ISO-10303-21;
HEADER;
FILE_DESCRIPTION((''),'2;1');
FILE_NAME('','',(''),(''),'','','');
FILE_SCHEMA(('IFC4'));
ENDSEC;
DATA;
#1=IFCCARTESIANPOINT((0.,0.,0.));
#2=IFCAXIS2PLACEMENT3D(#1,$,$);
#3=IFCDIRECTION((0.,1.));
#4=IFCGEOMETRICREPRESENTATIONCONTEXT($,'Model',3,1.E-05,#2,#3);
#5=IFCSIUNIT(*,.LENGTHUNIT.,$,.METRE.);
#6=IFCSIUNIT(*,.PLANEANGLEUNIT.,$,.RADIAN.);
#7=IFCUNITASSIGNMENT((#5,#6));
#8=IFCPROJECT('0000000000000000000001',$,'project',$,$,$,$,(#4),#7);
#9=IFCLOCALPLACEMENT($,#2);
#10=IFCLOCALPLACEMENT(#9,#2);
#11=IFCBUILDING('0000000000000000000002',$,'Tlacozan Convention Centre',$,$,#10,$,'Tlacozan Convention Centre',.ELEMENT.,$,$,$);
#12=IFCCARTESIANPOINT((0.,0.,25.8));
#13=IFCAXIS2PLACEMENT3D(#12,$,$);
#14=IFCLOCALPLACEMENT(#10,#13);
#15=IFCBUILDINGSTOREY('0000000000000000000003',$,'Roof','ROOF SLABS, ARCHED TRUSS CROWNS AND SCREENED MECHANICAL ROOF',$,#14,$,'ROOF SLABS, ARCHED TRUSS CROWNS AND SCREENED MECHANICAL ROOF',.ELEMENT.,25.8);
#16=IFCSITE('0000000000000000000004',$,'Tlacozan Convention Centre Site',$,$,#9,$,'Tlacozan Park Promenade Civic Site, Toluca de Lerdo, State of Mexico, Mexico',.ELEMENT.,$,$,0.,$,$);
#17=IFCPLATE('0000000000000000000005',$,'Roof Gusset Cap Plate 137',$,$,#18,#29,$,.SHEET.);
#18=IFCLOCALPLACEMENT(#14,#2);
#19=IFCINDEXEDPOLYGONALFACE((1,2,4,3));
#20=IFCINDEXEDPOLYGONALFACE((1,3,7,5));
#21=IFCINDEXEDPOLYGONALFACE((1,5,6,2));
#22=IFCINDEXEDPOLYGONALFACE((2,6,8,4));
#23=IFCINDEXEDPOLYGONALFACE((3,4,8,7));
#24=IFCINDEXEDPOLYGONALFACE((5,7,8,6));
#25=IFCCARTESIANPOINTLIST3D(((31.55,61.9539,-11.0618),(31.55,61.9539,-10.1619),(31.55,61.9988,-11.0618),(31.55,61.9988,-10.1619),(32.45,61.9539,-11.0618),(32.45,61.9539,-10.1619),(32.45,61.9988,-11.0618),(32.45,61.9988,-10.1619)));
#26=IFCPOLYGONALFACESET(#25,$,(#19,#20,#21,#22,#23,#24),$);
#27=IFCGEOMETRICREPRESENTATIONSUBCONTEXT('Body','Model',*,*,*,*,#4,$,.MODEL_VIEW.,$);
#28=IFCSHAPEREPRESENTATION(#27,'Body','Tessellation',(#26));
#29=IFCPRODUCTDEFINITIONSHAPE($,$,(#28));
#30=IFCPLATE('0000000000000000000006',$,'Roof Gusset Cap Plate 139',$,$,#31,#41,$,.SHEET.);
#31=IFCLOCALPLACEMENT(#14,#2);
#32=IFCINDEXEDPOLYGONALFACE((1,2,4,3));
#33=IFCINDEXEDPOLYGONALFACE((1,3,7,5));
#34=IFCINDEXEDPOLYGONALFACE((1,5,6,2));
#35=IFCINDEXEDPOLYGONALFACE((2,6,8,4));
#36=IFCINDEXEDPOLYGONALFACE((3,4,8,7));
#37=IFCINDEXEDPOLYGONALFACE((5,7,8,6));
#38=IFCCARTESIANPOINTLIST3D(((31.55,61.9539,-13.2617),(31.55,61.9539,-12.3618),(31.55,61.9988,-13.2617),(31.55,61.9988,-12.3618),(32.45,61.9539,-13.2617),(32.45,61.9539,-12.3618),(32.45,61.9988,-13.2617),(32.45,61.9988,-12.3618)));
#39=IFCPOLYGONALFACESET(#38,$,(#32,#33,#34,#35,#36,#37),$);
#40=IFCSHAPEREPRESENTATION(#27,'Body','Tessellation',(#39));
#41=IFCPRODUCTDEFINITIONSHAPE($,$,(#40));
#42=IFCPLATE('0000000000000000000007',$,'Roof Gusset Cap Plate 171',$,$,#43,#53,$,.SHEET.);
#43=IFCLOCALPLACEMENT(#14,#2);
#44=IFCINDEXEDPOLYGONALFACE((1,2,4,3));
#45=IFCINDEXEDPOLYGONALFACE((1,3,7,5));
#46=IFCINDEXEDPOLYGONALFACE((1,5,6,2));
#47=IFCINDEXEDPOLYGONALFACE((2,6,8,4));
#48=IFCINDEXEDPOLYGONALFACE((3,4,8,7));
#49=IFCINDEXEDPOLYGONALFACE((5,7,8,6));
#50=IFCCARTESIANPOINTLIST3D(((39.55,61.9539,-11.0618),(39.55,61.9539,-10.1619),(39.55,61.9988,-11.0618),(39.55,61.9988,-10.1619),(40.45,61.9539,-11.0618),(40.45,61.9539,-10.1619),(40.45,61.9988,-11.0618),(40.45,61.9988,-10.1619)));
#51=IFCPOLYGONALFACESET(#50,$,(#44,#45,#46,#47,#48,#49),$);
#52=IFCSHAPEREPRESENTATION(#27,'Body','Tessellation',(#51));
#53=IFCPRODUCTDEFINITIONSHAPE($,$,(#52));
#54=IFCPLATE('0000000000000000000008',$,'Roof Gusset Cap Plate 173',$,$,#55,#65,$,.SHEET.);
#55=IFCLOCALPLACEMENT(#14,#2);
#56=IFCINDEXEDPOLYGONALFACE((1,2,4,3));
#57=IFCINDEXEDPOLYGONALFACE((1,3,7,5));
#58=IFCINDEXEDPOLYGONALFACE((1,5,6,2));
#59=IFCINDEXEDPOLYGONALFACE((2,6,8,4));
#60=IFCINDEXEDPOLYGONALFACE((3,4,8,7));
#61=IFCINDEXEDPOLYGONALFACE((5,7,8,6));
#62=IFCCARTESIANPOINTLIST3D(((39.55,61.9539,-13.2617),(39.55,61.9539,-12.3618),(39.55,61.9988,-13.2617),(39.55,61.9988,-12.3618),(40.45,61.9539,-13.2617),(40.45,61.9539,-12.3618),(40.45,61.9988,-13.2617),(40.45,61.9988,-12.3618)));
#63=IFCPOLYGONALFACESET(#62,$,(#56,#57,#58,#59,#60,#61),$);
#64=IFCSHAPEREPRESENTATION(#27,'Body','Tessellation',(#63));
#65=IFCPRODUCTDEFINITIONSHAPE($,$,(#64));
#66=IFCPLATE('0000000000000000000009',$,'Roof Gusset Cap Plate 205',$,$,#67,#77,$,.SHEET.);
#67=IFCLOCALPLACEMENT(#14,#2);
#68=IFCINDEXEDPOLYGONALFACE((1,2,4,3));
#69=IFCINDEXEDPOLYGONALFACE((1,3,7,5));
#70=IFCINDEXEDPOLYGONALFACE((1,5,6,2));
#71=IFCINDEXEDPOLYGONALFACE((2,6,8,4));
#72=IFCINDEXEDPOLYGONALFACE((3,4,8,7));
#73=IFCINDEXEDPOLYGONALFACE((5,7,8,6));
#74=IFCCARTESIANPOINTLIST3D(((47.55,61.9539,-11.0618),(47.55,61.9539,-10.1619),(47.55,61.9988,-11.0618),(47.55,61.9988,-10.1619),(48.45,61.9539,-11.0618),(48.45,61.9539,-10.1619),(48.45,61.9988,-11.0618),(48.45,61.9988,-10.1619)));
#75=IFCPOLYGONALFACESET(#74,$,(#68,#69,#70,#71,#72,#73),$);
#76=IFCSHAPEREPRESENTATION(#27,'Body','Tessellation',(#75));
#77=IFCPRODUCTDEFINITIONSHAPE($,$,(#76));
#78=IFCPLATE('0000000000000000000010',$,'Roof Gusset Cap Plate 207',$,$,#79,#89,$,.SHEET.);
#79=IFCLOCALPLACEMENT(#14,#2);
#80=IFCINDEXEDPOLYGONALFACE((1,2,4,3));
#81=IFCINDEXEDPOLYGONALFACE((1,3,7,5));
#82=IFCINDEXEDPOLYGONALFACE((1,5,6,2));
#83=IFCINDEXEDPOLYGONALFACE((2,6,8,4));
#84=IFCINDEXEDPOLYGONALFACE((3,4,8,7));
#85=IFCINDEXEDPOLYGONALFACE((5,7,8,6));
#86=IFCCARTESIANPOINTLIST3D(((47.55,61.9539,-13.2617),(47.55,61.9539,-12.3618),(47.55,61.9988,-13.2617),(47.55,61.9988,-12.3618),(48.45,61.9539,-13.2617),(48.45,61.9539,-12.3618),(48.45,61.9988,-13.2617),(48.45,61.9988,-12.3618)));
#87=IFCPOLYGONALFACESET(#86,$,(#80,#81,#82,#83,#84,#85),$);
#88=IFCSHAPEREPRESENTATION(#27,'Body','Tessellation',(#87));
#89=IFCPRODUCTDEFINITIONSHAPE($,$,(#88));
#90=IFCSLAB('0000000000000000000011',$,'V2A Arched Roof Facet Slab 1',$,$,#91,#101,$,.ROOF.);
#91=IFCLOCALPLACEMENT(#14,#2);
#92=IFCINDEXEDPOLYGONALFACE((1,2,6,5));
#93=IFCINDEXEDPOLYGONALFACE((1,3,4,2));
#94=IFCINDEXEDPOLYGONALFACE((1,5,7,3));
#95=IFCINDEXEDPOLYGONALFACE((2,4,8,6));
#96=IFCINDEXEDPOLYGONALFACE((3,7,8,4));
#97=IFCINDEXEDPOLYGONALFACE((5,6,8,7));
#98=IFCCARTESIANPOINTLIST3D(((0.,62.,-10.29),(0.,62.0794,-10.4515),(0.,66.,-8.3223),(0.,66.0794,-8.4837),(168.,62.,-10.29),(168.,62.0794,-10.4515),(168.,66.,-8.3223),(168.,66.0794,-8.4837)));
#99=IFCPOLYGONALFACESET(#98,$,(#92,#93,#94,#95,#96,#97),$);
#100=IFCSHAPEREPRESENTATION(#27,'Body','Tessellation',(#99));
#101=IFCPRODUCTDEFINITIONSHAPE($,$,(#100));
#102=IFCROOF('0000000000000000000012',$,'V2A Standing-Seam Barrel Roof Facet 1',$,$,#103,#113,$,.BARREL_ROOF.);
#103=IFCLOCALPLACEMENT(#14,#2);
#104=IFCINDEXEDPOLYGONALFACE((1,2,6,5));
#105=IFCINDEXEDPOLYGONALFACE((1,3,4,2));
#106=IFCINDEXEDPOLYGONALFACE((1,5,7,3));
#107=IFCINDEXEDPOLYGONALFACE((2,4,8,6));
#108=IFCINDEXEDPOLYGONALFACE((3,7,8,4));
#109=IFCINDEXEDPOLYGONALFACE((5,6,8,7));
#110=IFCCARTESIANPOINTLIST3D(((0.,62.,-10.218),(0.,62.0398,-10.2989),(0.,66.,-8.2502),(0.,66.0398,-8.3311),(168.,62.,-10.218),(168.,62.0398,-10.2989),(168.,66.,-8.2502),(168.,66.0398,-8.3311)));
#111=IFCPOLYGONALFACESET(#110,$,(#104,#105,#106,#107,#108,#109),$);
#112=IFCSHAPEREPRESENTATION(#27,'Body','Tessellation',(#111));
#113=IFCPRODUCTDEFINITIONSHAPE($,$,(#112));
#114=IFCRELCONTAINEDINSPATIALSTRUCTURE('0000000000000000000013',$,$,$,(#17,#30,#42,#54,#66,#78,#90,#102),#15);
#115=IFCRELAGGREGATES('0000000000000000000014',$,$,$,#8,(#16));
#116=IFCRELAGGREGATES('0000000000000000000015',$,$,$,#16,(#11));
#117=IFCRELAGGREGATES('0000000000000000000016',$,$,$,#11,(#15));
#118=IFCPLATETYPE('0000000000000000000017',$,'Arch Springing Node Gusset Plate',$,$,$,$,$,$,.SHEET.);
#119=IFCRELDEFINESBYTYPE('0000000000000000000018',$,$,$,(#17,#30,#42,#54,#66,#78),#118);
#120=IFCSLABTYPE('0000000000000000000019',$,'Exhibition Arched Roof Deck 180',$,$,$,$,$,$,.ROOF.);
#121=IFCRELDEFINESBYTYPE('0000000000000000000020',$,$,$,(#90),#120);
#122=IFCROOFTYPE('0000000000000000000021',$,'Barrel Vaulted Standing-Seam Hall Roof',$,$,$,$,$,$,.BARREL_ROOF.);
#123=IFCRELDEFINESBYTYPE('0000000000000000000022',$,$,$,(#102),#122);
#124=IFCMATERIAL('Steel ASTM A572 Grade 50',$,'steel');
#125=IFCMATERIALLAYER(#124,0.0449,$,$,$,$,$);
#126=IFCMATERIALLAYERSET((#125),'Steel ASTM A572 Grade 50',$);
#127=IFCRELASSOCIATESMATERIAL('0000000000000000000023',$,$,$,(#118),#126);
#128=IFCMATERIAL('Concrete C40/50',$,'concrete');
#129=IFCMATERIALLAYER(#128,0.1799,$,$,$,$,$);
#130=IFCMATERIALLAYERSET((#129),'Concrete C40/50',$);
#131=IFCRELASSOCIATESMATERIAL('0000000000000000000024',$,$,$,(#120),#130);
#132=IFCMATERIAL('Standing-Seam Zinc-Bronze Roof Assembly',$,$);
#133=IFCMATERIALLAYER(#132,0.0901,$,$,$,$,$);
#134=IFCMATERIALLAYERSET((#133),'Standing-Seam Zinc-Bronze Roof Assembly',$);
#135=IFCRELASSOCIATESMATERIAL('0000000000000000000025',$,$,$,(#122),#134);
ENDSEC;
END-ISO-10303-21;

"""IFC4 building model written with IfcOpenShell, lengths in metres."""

from ifc_helpers import new_model, si_unit, direction, frame, origin, origin_2d, place, context, subcontext, project, spatial, polyline, rectangle, outline, extrude, material, layer, layer_set, type_object, element, save


model = new_model("IFC4")

# Units and contexts
model_context = context("Model", 3, precision=1e-05, world=origin(), true_north=direction((0.0, 1.0)))
body_context = subcontext(model_context, "Body", "Model", "MODEL_VIEW")
ifc_project = project(units=[si_unit("LENGTHUNIT", "METRE"), si_unit("PLANEANGLEUNIT", "RADIAN")], contexts=[model_context])

# Site, building, storey
site_placement = place(None, origin())
site = spatial("IfcSite", under=ifc_project, at=site_placement, Name="Tlacozan Convention Centre Site", LongName="Tlacozan Park Promenade Civic Site, Toluca de Lerdo, State of Mexico, Mexico", CompositionType="ELEMENT", RefElevation=0.0)
building_placement = place(site_placement, origin())
building = spatial("IfcBuilding", under=site, at=building_placement, Name="Tlacozan Convention Centre", LongName="Tlacozan Convention Centre", CompositionType="ELEMENT")
storey_placement = place(building_placement, frame((0.0, 0.0, 25.8)))
storey = spatial("IfcBuildingStorey", under=building, at=storey_placement, Name="Roof", Description="ROOF SLABS, ARCHED TRUSS CROWNS AND SCREENED MECHANICAL ROOF", LongName="ROOF SLABS, ARCHED TRUSS CROWNS AND SCREENED MECHANICAL ROOF", CompositionType="ELEMENT", Elevation=25.8)

# Plates
ifc_material_1 = material(Name="Steel ASTM A572 Grade 50", Category="steel")
ifc_layer_1 = layer(ifc_material_1, 0.0449)
ifc_layer_set_1 = layer_set([ifc_layer_1], Name="Steel ASTM A572 Grade 50")
plate_type = type_object("IfcPlateType", Name="Arch Springing Node Gusset Plate", PredefinedType="SHEET", material=ifc_layer_set_1)
for number, where, z_axis, x_axis, name in (
    (1, (32.0, 61.9763, -11.0618), (0.0, 0.0, 1.0), (0.0, 1.0, 0.0), "Roof Gusset Cap Plate 137"),
    (2, (32.0, 61.9763, -13.2617), (0.0, 0.0, 1.0), (0.0, 1.0, 0.0), "Roof Gusset Cap Plate 139"),
    (3, (40.0, 61.9763, -11.0618), (0.0, 0.0, 1.0), (0.0, 1.0, 0.0), "Roof Gusset Cap Plate 171"),
    (4, (40.0, 61.9763, -13.2617), (0.0, 0.0, 1.0), (0.0, 1.0, 0.0), "Roof Gusset Cap Plate 173"),
    (5, (48.0, 61.9763, -11.0618), (0.0, 0.0, 1.0), (0.0, 1.0, 0.0), "Roof Gusset Cap Plate 205"),
    (6, (48.0, 61.9763, -13.2617), (0.0, 0.0, 1.0), (0.0, 1.0, 0.0), "Roof Gusset Cap Plate 207"),
):
    element("IfcPlate", number, at=place(storey_placement, frame(where, z_axis=z_axis, x_axis=x_axis)), inside=storey, type_object=plate_type, Name=name, PredefinedType="SHEET", context=body_context, shape_type="SweptSolid", body=[
        extrude(rectangle(XDim=0.0449, YDim=0.8999, at=origin_2d()), origin(), (0.0, 0.0, 1.0), 0.8999),
    ])

# Slab
ifc_material_2 = material(Name="Concrete C40/50", Category="concrete")
ifc_layer_2 = layer(ifc_material_2, 0.1799)
ifc_layer_set_2 = layer_set([ifc_layer_2], Name="Concrete C40/50")
slab_type = type_object("IfcSlabType", Name="Exhibition Arched Roof Deck 180", PredefinedType="ROOF", material=ifc_layer_set_2)
slab_placement = place(storey_placement, frame((0.0, 62.0, -10.29), z_axis=(0.0, -0.441421, 0.8973), x_axis=(1.0, 0.0, 0.0)))
element("IfcSlab", 7, at=slab_placement, inside=storey, type_object=slab_type, Name="V2A Arched Roof Facet Slab 1", PredefinedType="ROOF", context=body_context, shape_type="SweptSolid", body=[
    extrude(outline(polyline([(0.0, 0.0), (168.0, 0.0), (168.0, 4.4578), (0.0, 4.4578), (0.0, 0.0)])), origin(), (0.0, 0.0, -1.0), 0.1799),
])

# Roof
ifc_material_3 = material(Name="Standing-Seam Zinc-Bronze Roof Assembly")
ifc_layer_3 = layer(ifc_material_3, 0.0901)
ifc_layer_set_3 = layer_set([ifc_layer_3], Name="Standing-Seam Zinc-Bronze Roof Assembly")
roof_type = type_object("IfcRoofType", Name="Barrel Vaulted Standing-Seam Hall Roof", PredefinedType="BARREL_ROOF", material=ifc_layer_set_3)
roof_placement = place(storey_placement, frame((0.0, 62.0, -10.218), z_axis=(0.0, -0.441421, 0.8973), x_axis=(1.0, 0.0, 0.0)))
element("IfcRoof", 8, at=roof_placement, inside=storey, type_object=roof_type, Name="V2A Standing-Seam Barrel Roof Facet 1", PredefinedType="BARREL_ROOF", context=body_context, shape_type="SweptSolid", body=[
    extrude(outline(polyline([(0.0, 0.0), (168.0, 0.0), (168.0, 4.4578), (0.0, 4.4578), (0.0, 0.0)])), origin(), (0.0, 0.0, -1.0), 0.0901),
])

save(model, "model.ifc")
